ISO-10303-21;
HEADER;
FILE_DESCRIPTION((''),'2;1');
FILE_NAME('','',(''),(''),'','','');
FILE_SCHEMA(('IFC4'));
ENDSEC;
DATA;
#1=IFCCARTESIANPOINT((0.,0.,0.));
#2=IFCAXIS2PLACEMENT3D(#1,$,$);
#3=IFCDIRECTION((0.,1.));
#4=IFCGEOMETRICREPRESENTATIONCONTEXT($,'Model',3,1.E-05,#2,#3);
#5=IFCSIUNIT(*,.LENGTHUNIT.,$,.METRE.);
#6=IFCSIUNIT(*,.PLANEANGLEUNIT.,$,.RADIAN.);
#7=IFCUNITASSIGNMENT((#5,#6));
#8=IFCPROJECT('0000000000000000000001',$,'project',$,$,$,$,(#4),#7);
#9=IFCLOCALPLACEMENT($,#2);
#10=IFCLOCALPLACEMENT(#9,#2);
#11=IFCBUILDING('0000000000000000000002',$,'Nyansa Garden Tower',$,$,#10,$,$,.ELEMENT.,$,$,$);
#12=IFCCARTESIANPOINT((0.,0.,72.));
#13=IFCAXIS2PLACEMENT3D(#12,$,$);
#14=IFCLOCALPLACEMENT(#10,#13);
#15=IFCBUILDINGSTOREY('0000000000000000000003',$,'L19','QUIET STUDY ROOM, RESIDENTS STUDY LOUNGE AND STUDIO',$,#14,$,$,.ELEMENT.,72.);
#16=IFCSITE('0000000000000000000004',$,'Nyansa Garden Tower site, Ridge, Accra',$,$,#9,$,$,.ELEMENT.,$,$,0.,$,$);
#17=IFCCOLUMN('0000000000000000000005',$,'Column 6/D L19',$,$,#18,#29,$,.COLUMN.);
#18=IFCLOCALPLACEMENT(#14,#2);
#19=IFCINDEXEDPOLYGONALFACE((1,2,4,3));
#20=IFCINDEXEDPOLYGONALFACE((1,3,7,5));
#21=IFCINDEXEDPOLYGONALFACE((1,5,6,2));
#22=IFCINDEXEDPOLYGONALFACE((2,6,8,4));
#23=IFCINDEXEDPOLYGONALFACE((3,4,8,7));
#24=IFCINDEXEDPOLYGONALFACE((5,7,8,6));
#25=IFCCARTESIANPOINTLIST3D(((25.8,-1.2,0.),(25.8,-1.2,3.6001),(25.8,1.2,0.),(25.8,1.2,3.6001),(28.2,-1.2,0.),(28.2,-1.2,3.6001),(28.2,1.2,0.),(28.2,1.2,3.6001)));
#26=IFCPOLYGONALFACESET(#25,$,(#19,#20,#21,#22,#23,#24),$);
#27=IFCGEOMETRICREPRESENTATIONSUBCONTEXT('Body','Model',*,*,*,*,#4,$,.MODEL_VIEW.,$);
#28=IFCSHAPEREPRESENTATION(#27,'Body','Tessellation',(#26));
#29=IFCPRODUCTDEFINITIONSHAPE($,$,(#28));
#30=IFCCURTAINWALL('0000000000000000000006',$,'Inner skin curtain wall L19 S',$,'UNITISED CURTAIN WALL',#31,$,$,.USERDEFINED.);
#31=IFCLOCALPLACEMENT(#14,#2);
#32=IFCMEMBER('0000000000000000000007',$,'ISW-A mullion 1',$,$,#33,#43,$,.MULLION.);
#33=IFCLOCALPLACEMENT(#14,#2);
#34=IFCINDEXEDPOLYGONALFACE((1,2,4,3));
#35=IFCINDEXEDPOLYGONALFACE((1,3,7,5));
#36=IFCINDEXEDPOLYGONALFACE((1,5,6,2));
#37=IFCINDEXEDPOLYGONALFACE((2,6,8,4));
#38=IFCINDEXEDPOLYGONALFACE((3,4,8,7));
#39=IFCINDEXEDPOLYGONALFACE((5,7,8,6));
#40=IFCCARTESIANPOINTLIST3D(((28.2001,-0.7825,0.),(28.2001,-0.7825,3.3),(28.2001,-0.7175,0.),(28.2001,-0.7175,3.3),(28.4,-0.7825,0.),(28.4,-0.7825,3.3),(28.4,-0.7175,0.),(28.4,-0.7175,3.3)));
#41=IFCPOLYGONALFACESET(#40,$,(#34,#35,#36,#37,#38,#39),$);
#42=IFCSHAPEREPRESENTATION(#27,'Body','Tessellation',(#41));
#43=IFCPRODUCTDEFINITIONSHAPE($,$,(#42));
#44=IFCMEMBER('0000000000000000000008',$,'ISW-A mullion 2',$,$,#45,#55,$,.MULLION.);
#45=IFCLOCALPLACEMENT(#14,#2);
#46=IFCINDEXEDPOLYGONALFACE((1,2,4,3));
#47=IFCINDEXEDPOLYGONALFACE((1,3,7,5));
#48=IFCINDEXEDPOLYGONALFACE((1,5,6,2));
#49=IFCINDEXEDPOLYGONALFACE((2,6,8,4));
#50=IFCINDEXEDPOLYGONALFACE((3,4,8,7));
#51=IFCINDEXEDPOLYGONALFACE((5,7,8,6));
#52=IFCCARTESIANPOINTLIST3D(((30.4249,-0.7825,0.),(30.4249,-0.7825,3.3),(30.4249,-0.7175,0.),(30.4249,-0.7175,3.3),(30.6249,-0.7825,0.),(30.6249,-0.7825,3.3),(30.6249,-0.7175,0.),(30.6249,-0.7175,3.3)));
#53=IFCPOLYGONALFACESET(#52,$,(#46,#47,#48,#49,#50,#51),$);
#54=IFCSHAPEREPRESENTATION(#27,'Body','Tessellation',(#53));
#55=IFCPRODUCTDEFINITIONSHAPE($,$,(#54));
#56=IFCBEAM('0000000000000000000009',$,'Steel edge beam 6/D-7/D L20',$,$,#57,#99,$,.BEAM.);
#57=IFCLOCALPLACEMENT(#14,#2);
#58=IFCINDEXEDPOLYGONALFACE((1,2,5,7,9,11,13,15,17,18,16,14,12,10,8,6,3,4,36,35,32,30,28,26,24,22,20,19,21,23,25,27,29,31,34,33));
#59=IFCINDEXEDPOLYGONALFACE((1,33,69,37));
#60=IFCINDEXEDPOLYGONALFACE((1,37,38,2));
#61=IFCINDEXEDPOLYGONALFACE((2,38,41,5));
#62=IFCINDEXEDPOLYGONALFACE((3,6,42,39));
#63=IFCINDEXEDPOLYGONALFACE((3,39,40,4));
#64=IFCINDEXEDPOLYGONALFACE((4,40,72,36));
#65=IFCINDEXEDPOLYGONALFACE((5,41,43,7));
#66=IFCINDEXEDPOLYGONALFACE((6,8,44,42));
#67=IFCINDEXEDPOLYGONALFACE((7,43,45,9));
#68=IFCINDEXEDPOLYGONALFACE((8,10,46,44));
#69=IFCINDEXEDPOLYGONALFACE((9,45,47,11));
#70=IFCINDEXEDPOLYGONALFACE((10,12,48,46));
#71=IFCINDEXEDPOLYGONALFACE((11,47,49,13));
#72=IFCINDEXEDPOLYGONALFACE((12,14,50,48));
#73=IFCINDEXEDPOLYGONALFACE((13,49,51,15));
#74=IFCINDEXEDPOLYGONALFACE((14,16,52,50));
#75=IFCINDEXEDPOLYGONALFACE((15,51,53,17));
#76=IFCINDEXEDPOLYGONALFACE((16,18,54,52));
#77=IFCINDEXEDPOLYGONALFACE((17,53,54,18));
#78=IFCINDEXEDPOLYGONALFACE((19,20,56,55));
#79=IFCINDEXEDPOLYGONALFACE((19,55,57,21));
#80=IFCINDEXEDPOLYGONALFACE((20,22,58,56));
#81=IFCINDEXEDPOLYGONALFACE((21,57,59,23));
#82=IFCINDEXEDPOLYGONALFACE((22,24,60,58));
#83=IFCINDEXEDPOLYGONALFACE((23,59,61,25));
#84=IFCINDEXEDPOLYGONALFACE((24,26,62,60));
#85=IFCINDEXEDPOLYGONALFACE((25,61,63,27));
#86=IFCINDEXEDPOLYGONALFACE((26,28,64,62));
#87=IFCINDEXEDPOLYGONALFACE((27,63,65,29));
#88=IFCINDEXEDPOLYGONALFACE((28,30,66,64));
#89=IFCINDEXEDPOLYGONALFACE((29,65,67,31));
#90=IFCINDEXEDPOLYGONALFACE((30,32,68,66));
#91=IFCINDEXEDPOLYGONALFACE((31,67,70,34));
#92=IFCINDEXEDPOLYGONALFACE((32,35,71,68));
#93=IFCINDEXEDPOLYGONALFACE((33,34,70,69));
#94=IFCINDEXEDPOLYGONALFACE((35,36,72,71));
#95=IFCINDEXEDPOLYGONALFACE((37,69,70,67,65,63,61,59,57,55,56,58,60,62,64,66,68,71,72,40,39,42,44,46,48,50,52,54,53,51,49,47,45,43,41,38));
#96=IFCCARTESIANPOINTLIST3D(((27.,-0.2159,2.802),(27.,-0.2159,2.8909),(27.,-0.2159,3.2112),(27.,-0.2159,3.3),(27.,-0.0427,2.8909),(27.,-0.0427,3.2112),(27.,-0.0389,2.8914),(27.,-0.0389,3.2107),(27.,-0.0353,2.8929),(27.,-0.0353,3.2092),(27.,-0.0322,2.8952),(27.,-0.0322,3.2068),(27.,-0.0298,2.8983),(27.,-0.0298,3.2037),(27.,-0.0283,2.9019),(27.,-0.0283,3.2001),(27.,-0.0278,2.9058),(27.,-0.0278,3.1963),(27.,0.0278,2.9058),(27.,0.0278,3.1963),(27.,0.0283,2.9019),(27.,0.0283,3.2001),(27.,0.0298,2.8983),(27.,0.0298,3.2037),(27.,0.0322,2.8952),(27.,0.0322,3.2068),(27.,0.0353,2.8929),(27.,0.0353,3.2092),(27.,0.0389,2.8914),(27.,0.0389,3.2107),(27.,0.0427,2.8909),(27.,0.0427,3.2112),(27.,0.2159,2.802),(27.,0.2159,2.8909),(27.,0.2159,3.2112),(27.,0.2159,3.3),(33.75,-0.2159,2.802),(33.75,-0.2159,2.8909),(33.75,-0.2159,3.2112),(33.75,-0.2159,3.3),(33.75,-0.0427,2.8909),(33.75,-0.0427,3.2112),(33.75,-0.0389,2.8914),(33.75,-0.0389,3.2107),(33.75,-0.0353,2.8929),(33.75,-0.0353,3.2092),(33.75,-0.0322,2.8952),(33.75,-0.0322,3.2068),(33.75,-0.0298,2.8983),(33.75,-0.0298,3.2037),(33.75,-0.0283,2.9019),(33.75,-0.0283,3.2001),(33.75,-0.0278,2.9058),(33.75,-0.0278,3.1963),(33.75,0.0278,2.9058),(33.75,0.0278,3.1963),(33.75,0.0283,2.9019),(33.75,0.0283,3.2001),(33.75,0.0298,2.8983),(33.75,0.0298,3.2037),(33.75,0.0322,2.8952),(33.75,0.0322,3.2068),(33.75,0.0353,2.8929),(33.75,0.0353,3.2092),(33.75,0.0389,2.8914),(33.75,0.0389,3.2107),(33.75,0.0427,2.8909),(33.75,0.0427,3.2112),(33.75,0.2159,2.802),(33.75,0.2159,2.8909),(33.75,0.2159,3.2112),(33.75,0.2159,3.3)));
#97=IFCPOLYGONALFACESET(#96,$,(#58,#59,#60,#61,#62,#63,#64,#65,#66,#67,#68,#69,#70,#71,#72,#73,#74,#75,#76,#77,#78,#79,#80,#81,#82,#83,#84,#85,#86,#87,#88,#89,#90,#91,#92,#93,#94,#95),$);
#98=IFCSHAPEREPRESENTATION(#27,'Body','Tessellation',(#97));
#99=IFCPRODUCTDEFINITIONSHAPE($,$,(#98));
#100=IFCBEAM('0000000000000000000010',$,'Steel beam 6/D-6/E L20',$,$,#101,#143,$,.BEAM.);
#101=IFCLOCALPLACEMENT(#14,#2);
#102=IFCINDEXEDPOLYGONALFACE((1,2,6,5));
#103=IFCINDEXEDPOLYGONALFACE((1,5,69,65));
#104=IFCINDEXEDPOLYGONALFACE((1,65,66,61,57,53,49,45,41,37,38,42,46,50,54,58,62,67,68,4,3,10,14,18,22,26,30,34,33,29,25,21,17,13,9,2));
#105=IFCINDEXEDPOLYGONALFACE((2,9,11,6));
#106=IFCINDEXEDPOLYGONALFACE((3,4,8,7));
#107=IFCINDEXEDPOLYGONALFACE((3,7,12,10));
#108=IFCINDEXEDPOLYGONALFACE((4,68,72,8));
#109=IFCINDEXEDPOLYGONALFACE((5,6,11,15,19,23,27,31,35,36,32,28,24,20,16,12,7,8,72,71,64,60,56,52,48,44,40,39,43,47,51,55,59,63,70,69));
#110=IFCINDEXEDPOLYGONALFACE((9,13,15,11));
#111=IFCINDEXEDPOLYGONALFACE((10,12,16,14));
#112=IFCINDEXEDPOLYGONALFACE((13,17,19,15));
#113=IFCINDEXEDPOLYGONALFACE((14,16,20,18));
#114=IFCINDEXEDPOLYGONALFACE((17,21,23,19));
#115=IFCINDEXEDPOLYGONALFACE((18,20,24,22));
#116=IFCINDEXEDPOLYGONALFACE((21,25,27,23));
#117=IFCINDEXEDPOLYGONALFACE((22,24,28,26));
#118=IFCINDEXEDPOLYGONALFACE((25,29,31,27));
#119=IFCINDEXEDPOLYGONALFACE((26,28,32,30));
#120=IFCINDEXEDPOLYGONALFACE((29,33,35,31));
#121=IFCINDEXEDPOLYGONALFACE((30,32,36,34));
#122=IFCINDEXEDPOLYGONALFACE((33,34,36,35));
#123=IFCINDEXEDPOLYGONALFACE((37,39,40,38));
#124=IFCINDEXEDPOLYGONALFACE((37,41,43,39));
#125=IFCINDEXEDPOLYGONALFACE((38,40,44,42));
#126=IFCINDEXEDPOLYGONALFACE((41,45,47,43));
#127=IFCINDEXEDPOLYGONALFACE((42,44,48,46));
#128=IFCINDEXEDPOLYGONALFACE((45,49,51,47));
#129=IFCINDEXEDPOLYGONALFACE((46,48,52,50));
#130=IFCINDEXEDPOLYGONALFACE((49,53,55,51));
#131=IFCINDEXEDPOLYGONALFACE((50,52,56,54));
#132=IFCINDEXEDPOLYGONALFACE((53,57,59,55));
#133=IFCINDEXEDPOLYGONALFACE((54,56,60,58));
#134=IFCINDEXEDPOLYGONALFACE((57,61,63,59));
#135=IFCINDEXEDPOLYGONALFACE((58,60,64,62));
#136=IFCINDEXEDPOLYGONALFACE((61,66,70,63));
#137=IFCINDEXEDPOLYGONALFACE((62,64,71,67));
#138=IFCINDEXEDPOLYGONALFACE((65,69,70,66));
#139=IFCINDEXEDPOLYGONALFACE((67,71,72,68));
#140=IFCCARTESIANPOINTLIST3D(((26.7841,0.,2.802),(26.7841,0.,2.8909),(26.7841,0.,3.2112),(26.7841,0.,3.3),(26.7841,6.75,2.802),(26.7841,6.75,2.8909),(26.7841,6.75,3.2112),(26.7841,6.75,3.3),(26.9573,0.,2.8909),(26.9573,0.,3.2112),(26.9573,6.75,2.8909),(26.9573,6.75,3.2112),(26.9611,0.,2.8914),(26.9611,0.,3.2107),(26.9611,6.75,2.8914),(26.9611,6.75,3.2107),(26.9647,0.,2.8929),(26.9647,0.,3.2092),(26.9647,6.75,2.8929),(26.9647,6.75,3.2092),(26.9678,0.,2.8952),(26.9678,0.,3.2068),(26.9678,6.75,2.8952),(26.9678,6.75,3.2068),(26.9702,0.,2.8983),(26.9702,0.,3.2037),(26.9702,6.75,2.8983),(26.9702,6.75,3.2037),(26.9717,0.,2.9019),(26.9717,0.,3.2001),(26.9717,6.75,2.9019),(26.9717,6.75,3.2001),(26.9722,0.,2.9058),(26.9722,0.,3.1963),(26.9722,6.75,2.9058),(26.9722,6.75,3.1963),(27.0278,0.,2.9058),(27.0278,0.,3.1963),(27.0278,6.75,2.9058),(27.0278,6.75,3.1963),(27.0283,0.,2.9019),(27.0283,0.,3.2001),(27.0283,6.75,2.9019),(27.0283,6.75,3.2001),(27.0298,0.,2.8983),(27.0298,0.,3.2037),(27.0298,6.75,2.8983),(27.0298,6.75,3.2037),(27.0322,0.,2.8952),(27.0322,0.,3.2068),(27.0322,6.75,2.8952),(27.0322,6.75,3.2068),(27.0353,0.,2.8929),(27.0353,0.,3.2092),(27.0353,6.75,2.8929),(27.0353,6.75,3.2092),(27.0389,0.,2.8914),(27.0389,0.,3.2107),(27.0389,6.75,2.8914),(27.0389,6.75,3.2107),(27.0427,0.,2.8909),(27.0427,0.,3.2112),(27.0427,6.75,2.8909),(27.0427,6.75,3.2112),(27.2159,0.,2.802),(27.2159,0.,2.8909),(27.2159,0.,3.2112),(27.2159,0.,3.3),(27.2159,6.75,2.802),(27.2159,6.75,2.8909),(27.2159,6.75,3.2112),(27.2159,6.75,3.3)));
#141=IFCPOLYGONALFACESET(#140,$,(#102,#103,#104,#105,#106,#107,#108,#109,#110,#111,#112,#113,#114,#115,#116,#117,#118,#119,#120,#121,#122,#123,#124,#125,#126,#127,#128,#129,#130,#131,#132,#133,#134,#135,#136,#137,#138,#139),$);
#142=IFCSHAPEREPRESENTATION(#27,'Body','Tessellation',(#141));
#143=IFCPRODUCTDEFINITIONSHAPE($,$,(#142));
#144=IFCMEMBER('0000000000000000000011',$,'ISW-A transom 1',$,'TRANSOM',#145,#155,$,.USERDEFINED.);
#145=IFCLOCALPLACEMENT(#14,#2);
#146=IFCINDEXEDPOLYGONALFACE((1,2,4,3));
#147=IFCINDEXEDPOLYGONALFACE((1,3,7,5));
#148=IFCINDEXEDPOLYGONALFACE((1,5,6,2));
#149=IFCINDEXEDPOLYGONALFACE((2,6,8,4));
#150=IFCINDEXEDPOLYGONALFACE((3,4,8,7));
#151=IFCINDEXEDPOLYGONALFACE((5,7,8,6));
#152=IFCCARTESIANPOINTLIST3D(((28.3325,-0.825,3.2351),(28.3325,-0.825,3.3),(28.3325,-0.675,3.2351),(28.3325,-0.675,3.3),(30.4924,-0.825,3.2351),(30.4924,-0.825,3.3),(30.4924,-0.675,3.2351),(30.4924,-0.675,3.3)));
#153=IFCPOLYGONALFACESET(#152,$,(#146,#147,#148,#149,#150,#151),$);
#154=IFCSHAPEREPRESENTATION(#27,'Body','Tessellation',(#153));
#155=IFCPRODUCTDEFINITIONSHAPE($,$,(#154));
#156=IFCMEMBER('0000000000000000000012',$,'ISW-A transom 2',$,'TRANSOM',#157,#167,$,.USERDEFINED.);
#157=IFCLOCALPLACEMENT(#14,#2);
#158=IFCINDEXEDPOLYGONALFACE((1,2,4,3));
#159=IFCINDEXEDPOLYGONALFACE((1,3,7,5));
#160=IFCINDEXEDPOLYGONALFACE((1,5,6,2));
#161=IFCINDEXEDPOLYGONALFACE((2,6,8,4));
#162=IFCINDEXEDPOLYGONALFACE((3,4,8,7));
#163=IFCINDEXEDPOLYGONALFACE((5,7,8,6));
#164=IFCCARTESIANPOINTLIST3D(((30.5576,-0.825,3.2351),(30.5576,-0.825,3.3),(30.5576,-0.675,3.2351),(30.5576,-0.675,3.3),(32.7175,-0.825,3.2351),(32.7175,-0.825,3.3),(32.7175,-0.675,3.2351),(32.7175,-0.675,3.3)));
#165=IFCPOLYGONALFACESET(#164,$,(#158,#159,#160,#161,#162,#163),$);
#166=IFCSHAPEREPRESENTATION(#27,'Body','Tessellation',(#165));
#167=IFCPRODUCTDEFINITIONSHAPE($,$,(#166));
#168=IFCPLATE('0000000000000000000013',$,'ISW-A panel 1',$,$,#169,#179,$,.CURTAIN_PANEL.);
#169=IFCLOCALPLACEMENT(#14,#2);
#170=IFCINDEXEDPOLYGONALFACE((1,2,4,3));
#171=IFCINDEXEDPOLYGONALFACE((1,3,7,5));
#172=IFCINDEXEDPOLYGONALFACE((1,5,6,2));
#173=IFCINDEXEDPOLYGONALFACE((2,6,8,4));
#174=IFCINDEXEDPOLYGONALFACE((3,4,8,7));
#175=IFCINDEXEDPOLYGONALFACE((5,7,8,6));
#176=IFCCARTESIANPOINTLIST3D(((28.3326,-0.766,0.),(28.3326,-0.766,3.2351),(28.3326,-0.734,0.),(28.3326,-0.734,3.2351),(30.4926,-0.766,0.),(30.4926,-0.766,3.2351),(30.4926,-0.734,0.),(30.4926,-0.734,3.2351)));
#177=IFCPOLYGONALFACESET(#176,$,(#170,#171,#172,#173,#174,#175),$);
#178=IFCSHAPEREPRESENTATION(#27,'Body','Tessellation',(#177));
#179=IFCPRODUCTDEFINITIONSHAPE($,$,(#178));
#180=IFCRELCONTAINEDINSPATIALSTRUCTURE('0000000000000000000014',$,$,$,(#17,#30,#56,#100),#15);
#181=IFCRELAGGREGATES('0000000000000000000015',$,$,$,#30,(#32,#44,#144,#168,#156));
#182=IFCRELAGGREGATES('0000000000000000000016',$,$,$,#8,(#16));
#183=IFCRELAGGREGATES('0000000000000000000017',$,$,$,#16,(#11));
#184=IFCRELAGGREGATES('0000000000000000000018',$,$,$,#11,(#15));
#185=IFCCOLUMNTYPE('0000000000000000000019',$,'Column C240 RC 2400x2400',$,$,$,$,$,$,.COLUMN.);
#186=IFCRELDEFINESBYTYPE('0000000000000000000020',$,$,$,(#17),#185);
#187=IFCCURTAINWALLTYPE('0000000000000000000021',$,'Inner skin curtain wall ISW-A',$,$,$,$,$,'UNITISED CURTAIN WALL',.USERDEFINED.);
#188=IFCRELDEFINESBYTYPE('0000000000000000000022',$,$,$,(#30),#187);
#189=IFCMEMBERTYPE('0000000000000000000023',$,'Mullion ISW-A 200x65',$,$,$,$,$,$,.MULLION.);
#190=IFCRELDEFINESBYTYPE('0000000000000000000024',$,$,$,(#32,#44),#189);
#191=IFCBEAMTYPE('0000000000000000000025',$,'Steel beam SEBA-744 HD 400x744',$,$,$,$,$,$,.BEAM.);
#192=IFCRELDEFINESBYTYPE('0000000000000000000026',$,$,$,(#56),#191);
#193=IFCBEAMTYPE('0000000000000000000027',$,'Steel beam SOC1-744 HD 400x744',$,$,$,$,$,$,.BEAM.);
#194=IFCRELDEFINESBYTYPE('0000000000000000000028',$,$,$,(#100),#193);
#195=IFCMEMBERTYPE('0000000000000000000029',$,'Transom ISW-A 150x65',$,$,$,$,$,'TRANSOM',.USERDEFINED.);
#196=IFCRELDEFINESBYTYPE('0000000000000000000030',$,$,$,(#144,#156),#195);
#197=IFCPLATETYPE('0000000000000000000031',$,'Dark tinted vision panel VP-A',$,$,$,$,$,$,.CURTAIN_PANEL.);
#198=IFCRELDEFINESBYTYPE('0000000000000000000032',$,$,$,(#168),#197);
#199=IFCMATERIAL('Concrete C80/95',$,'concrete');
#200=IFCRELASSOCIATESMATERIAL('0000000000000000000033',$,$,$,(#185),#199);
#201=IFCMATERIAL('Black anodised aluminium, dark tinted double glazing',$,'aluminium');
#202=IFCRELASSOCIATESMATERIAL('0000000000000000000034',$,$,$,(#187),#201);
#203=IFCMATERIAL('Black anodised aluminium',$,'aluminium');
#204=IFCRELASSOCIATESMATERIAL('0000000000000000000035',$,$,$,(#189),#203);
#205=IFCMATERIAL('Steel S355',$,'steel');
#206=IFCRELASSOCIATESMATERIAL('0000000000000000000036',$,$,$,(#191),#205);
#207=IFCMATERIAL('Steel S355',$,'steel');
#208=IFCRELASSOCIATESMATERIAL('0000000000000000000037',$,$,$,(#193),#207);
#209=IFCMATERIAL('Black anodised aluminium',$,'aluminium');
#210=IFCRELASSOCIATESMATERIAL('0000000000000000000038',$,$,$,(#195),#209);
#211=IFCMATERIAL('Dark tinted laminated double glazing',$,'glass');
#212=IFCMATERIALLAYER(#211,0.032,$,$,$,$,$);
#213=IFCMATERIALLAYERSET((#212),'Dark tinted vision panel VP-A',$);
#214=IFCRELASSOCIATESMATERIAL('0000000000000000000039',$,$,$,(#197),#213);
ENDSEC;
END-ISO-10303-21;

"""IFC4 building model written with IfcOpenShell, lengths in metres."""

from ifc_helpers import new_model, si_unit, direction, frame, origin, origin_2d, place, context, subcontext, project, spatial, rectangle, i_section, extrude, material, layer, layer_set, material_profile, profile_set, type_object, element, aggregate, save


model = new_model("IFC4")

# Units and contexts
model_context = context("Model", 3, precision=1e-05, world=origin(), true_north=direction((0.0, 1.0)))
body_context = subcontext(model_context, "Body", "Model", "MODEL_VIEW")
ifc_project = project(units=[si_unit("LENGTHUNIT", "METRE"), si_unit("PLANEANGLEUNIT", "RADIAN")], contexts=[model_context])

# Site, building, storey
site_placement = place(None, origin())
site = spatial("IfcSite", under=ifc_project, at=site_placement, Name="Nyansa Garden Tower site, Ridge, Accra", CompositionType="ELEMENT", RefElevation=0.0)
building_placement = place(site_placement, origin())
building = spatial("IfcBuilding", under=site, at=building_placement, Name="Nyansa Garden Tower", CompositionType="ELEMENT")
storey_placement = place(building_placement, frame((0.0, 0.0, 72.0)))
storey = spatial("IfcBuildingStorey", under=building, at=storey_placement, Name="L19", Description="QUIET STUDY ROOM, RESIDENTS STUDY LOUNGE AND STUDIO", CompositionType="ELEMENT", Elevation=72.0)

# Column
ifc_material_1 = material(Name="Concrete C80/95", Category="concrete")
ifc_material_profile_1 = material_profile(ifc_material_1, rectangle(XDim=2.3999, YDim=2.3999, at=origin_2d()), Name="RC 2400x2400")
ifc_profile_set_1 = profile_set([ifc_material_profile_1], Name="Concrete C80/95")
column_type = type_object("IfcColumnType", Name="Column C240 RC 2400x2400", PredefinedType="COLUMN", material=ifc_profile_set_1)
column_placement = place(storey_placement, frame((27.0, 0.0, 0.0), z_axis=(0.0, 0.0, 1.0), x_axis=(1.0, 0.0, 0.0)))
element("IfcColumn", 1, at=column_placement, inside=storey, type_object=column_type, Name="Column 6/D L19", PredefinedType="COLUMN", context=body_context, shape_type="SweptSolid", body=[
    extrude(rectangle(XDim=2.3999, YDim=2.3999, at=origin_2d()), origin(), (0.0, 0.0, 1.0), 3.6001),
])

# Curtain wall, members
ifc_material_2 = material(Name="Black anodised aluminium, dark tinted double glazing", Category="aluminium")
curtain_wall_type = type_object("IfcCurtainWallType", Name="Inner skin curtain wall ISW-A", ElementType="UNITISED CURTAIN WALL", PredefinedType="USERDEFINED", material=ifc_material_2)
curtain_wall_placement = place(storey_placement, origin())
curtain_wall = element("IfcCurtainWall", 2, at=curtain_wall_placement, inside=storey, type_object=curtain_wall_type, Name="Inner skin curtain wall L19 S", ObjectType="UNITISED CURTAIN WALL", PredefinedType="USERDEFINED")
ifc_material_3 = material(Name="Black anodised aluminium", Category="aluminium")
ifc_material_profile_2 = material_profile(ifc_material_3, rectangle(XDim=0.0649, YDim=0.2, at=origin_2d()), Name="Mullion 200x65")
ifc_profile_set_2 = profile_set([ifc_material_profile_2], Name="Black anodised aluminium")
member_type_1 = type_object("IfcMemberType", Name="Mullion ISW-A 200x65", PredefinedType="MULLION", material=ifc_profile_set_2)
member_1_placement = place(storey_placement, frame((28.3, -0.75, 0.0), z_axis=(0.0, 0.0, 1.0), x_axis=(0.0, 1.0, 0.0)))
member_1 = element("IfcMember", 3, at=member_1_placement, type_object=member_type_1, Name="ISW-A mullion 1", PredefinedType="MULLION", context=body_context, shape_type="SweptSolid", body=[
    extrude(rectangle(XDim=0.0649, YDim=0.2, at=origin_2d()), origin(), (0.0, 0.0, 1.0), 3.3),
])
member_2_placement = place(storey_placement, frame((30.5249, -0.75, 0.0), z_axis=(0.0, 0.0, 1.0), x_axis=(0.0, 1.0, 0.0)))
member_2 = element("IfcMember", 4, at=member_2_placement, type_object=member_type_1, Name="ISW-A mullion 2", PredefinedType="MULLION", context=body_context, shape_type="SweptSolid", body=[
    extrude(rectangle(XDim=0.0649, YDim=0.2, at=origin_2d()), origin(), (0.0, 0.0, 1.0), 3.3),
])

# Beams
ifc_material_4 = material(Name="Steel S355", Category="steel")
ifc_material_profile_3 = material_profile(ifc_material_4, i_section(OverallWidth=0.4319, OverallDepth=0.498, WebThickness=0.0557, FlangeThickness=0.0889, FilletRadius=0.0149, at=origin_2d()), Name="HD 400x744")
ifc_profile_set_3 = profile_set([ifc_material_profile_3], Name="Steel S355")
beam_type_1 = type_object("IfcBeamType", Name="Steel beam SEBA-744 HD 400x744", PredefinedType="BEAM", material=ifc_profile_set_3)
beam_1_placement = place(storey_placement, frame((27.0, 0.0, 3.051), z_axis=(1.0, 0.0, 0.0), x_axis=(0.0, 1.0, 0.0)))
element("IfcBeam", 5, at=beam_1_placement, inside=storey, type_object=beam_type_1, Name="Steel edge beam 6/D-7/D L20", PredefinedType="BEAM", context=body_context, shape_type="SweptSolid", body=[
    extrude(i_section(OverallWidth=0.4319, OverallDepth=0.498, WebThickness=0.0557, FlangeThickness=0.0889, FilletRadius=0.0149, at=origin_2d()), origin(), (0.0, 0.0, 1.0), 6.75),
])
ifc_material_5 = material(Name="Steel S355", Category="steel")
ifc_material_profile_4 = material_profile(ifc_material_5, i_section(OverallWidth=0.4319, OverallDepth=0.498, WebThickness=0.0557, FlangeThickness=0.0889, FilletRadius=0.0149, at=origin_2d()), Name="HD 400x744")
ifc_profile_set_4 = profile_set([ifc_material_profile_4], Name="Steel S355")
beam_type_2 = type_object("IfcBeamType", Name="Steel beam SOC1-744 HD 400x744", PredefinedType="BEAM", material=ifc_profile_set_4)
beam_2_placement = place(storey_placement, frame((27.0, 0.0, 3.051), z_axis=(0.0, 1.0, 0.0), x_axis=(-1.0, 0.0, 0.0)))
element("IfcBeam", 6, at=beam_2_placement, inside=storey, type_object=beam_type_2, Name="Steel beam 6/D-6/E L20", PredefinedType="BEAM", context=body_context, shape_type="SweptSolid", body=[
    extrude(i_section(OverallWidth=0.4319, OverallDepth=0.498, WebThickness=0.0557, FlangeThickness=0.0889, FilletRadius=0.0149, at=origin_2d()), origin(), (0.0, 0.0, 1.0), 6.75),
])

# Members
ifc_material_6 = material(Name="Black anodised aluminium", Category="aluminium")
ifc_material_profile_5 = material_profile(ifc_material_6, rectangle(XDim=0.1499, YDim=0.0649, at=origin_2d()), Name="Transom 150x65")
ifc_profile_set_5 = profile_set([ifc_material_profile_5], Name="Black anodised aluminium")
member_type_2 = type_object("IfcMemberType", Name="Transom ISW-A 150x65", ElementType="TRANSOM", PredefinedType="USERDEFINED", material=ifc_profile_set_5)
member_3_placement = place(storey_placement, frame((28.3325, -0.75, 3.2676), z_axis=(1.0, 0.0, 0.0), x_axis=(0.0, 1.0, 0.0)))
member_3 = element("IfcMember", 7, at=member_3_placement, type_object=member_type_2, Name="ISW-A transom 1", ObjectType="TRANSOM", PredefinedType="USERDEFINED", context=body_context, shape_type="SweptSolid", body=[
    extrude(rectangle(XDim=0.1499, YDim=0.0649, at=origin_2d()), origin(), (0.0, 0.0, 1.0), 2.1599),
])
member_4_placement = place(storey_placement, frame((30.5576, -0.75, 3.2676), z_axis=(1.0, 0.0, 0.0), x_axis=(0.0, 1.0, 0.0)))
member_4 = element("IfcMember", 8, at=member_4_placement, type_object=member_type_2, Name="ISW-A transom 2", ObjectType="TRANSOM", PredefinedType="USERDEFINED", context=body_context, shape_type="SweptSolid", body=[
    extrude(rectangle(XDim=0.1499, YDim=0.0649, at=origin_2d()), origin(), (0.0, 0.0, 1.0), 2.1599),
])

# Plate
ifc_material_7 = material(Name="Dark tinted laminated double glazing", Category="glass")
ifc_layer_1 = layer(ifc_material_7, 0.032)
ifc_layer_set_1 = layer_set([ifc_layer_1], Name="Dark tinted vision panel VP-A")
plate_type = type_object("IfcPlateType", Name="Dark tinted vision panel VP-A", PredefinedType="CURTAIN_PANEL", material=ifc_layer_set_1)
plate_placement = place(storey_placement, frame((29.4126, -0.75, 0.0), z_axis=(0.0, 0.0, 1.0), x_axis=(1.0, 0.0, 0.0)))
plate = element("IfcPlate", 9, at=plate_placement, type_object=plate_type, Name="ISW-A panel 1", PredefinedType="CURTAIN_PANEL", context=body_context, shape_type="SweptSolid", body=[
    extrude(rectangle(XDim=2.1599, YDim=0.032, at=origin_2d()), origin(), (0.0, 0.0, 1.0), 3.2351),
])
aggregate(curtain_wall, [member_1, member_2, member_3, plate, member_4])

save(model, "model.ifc")
